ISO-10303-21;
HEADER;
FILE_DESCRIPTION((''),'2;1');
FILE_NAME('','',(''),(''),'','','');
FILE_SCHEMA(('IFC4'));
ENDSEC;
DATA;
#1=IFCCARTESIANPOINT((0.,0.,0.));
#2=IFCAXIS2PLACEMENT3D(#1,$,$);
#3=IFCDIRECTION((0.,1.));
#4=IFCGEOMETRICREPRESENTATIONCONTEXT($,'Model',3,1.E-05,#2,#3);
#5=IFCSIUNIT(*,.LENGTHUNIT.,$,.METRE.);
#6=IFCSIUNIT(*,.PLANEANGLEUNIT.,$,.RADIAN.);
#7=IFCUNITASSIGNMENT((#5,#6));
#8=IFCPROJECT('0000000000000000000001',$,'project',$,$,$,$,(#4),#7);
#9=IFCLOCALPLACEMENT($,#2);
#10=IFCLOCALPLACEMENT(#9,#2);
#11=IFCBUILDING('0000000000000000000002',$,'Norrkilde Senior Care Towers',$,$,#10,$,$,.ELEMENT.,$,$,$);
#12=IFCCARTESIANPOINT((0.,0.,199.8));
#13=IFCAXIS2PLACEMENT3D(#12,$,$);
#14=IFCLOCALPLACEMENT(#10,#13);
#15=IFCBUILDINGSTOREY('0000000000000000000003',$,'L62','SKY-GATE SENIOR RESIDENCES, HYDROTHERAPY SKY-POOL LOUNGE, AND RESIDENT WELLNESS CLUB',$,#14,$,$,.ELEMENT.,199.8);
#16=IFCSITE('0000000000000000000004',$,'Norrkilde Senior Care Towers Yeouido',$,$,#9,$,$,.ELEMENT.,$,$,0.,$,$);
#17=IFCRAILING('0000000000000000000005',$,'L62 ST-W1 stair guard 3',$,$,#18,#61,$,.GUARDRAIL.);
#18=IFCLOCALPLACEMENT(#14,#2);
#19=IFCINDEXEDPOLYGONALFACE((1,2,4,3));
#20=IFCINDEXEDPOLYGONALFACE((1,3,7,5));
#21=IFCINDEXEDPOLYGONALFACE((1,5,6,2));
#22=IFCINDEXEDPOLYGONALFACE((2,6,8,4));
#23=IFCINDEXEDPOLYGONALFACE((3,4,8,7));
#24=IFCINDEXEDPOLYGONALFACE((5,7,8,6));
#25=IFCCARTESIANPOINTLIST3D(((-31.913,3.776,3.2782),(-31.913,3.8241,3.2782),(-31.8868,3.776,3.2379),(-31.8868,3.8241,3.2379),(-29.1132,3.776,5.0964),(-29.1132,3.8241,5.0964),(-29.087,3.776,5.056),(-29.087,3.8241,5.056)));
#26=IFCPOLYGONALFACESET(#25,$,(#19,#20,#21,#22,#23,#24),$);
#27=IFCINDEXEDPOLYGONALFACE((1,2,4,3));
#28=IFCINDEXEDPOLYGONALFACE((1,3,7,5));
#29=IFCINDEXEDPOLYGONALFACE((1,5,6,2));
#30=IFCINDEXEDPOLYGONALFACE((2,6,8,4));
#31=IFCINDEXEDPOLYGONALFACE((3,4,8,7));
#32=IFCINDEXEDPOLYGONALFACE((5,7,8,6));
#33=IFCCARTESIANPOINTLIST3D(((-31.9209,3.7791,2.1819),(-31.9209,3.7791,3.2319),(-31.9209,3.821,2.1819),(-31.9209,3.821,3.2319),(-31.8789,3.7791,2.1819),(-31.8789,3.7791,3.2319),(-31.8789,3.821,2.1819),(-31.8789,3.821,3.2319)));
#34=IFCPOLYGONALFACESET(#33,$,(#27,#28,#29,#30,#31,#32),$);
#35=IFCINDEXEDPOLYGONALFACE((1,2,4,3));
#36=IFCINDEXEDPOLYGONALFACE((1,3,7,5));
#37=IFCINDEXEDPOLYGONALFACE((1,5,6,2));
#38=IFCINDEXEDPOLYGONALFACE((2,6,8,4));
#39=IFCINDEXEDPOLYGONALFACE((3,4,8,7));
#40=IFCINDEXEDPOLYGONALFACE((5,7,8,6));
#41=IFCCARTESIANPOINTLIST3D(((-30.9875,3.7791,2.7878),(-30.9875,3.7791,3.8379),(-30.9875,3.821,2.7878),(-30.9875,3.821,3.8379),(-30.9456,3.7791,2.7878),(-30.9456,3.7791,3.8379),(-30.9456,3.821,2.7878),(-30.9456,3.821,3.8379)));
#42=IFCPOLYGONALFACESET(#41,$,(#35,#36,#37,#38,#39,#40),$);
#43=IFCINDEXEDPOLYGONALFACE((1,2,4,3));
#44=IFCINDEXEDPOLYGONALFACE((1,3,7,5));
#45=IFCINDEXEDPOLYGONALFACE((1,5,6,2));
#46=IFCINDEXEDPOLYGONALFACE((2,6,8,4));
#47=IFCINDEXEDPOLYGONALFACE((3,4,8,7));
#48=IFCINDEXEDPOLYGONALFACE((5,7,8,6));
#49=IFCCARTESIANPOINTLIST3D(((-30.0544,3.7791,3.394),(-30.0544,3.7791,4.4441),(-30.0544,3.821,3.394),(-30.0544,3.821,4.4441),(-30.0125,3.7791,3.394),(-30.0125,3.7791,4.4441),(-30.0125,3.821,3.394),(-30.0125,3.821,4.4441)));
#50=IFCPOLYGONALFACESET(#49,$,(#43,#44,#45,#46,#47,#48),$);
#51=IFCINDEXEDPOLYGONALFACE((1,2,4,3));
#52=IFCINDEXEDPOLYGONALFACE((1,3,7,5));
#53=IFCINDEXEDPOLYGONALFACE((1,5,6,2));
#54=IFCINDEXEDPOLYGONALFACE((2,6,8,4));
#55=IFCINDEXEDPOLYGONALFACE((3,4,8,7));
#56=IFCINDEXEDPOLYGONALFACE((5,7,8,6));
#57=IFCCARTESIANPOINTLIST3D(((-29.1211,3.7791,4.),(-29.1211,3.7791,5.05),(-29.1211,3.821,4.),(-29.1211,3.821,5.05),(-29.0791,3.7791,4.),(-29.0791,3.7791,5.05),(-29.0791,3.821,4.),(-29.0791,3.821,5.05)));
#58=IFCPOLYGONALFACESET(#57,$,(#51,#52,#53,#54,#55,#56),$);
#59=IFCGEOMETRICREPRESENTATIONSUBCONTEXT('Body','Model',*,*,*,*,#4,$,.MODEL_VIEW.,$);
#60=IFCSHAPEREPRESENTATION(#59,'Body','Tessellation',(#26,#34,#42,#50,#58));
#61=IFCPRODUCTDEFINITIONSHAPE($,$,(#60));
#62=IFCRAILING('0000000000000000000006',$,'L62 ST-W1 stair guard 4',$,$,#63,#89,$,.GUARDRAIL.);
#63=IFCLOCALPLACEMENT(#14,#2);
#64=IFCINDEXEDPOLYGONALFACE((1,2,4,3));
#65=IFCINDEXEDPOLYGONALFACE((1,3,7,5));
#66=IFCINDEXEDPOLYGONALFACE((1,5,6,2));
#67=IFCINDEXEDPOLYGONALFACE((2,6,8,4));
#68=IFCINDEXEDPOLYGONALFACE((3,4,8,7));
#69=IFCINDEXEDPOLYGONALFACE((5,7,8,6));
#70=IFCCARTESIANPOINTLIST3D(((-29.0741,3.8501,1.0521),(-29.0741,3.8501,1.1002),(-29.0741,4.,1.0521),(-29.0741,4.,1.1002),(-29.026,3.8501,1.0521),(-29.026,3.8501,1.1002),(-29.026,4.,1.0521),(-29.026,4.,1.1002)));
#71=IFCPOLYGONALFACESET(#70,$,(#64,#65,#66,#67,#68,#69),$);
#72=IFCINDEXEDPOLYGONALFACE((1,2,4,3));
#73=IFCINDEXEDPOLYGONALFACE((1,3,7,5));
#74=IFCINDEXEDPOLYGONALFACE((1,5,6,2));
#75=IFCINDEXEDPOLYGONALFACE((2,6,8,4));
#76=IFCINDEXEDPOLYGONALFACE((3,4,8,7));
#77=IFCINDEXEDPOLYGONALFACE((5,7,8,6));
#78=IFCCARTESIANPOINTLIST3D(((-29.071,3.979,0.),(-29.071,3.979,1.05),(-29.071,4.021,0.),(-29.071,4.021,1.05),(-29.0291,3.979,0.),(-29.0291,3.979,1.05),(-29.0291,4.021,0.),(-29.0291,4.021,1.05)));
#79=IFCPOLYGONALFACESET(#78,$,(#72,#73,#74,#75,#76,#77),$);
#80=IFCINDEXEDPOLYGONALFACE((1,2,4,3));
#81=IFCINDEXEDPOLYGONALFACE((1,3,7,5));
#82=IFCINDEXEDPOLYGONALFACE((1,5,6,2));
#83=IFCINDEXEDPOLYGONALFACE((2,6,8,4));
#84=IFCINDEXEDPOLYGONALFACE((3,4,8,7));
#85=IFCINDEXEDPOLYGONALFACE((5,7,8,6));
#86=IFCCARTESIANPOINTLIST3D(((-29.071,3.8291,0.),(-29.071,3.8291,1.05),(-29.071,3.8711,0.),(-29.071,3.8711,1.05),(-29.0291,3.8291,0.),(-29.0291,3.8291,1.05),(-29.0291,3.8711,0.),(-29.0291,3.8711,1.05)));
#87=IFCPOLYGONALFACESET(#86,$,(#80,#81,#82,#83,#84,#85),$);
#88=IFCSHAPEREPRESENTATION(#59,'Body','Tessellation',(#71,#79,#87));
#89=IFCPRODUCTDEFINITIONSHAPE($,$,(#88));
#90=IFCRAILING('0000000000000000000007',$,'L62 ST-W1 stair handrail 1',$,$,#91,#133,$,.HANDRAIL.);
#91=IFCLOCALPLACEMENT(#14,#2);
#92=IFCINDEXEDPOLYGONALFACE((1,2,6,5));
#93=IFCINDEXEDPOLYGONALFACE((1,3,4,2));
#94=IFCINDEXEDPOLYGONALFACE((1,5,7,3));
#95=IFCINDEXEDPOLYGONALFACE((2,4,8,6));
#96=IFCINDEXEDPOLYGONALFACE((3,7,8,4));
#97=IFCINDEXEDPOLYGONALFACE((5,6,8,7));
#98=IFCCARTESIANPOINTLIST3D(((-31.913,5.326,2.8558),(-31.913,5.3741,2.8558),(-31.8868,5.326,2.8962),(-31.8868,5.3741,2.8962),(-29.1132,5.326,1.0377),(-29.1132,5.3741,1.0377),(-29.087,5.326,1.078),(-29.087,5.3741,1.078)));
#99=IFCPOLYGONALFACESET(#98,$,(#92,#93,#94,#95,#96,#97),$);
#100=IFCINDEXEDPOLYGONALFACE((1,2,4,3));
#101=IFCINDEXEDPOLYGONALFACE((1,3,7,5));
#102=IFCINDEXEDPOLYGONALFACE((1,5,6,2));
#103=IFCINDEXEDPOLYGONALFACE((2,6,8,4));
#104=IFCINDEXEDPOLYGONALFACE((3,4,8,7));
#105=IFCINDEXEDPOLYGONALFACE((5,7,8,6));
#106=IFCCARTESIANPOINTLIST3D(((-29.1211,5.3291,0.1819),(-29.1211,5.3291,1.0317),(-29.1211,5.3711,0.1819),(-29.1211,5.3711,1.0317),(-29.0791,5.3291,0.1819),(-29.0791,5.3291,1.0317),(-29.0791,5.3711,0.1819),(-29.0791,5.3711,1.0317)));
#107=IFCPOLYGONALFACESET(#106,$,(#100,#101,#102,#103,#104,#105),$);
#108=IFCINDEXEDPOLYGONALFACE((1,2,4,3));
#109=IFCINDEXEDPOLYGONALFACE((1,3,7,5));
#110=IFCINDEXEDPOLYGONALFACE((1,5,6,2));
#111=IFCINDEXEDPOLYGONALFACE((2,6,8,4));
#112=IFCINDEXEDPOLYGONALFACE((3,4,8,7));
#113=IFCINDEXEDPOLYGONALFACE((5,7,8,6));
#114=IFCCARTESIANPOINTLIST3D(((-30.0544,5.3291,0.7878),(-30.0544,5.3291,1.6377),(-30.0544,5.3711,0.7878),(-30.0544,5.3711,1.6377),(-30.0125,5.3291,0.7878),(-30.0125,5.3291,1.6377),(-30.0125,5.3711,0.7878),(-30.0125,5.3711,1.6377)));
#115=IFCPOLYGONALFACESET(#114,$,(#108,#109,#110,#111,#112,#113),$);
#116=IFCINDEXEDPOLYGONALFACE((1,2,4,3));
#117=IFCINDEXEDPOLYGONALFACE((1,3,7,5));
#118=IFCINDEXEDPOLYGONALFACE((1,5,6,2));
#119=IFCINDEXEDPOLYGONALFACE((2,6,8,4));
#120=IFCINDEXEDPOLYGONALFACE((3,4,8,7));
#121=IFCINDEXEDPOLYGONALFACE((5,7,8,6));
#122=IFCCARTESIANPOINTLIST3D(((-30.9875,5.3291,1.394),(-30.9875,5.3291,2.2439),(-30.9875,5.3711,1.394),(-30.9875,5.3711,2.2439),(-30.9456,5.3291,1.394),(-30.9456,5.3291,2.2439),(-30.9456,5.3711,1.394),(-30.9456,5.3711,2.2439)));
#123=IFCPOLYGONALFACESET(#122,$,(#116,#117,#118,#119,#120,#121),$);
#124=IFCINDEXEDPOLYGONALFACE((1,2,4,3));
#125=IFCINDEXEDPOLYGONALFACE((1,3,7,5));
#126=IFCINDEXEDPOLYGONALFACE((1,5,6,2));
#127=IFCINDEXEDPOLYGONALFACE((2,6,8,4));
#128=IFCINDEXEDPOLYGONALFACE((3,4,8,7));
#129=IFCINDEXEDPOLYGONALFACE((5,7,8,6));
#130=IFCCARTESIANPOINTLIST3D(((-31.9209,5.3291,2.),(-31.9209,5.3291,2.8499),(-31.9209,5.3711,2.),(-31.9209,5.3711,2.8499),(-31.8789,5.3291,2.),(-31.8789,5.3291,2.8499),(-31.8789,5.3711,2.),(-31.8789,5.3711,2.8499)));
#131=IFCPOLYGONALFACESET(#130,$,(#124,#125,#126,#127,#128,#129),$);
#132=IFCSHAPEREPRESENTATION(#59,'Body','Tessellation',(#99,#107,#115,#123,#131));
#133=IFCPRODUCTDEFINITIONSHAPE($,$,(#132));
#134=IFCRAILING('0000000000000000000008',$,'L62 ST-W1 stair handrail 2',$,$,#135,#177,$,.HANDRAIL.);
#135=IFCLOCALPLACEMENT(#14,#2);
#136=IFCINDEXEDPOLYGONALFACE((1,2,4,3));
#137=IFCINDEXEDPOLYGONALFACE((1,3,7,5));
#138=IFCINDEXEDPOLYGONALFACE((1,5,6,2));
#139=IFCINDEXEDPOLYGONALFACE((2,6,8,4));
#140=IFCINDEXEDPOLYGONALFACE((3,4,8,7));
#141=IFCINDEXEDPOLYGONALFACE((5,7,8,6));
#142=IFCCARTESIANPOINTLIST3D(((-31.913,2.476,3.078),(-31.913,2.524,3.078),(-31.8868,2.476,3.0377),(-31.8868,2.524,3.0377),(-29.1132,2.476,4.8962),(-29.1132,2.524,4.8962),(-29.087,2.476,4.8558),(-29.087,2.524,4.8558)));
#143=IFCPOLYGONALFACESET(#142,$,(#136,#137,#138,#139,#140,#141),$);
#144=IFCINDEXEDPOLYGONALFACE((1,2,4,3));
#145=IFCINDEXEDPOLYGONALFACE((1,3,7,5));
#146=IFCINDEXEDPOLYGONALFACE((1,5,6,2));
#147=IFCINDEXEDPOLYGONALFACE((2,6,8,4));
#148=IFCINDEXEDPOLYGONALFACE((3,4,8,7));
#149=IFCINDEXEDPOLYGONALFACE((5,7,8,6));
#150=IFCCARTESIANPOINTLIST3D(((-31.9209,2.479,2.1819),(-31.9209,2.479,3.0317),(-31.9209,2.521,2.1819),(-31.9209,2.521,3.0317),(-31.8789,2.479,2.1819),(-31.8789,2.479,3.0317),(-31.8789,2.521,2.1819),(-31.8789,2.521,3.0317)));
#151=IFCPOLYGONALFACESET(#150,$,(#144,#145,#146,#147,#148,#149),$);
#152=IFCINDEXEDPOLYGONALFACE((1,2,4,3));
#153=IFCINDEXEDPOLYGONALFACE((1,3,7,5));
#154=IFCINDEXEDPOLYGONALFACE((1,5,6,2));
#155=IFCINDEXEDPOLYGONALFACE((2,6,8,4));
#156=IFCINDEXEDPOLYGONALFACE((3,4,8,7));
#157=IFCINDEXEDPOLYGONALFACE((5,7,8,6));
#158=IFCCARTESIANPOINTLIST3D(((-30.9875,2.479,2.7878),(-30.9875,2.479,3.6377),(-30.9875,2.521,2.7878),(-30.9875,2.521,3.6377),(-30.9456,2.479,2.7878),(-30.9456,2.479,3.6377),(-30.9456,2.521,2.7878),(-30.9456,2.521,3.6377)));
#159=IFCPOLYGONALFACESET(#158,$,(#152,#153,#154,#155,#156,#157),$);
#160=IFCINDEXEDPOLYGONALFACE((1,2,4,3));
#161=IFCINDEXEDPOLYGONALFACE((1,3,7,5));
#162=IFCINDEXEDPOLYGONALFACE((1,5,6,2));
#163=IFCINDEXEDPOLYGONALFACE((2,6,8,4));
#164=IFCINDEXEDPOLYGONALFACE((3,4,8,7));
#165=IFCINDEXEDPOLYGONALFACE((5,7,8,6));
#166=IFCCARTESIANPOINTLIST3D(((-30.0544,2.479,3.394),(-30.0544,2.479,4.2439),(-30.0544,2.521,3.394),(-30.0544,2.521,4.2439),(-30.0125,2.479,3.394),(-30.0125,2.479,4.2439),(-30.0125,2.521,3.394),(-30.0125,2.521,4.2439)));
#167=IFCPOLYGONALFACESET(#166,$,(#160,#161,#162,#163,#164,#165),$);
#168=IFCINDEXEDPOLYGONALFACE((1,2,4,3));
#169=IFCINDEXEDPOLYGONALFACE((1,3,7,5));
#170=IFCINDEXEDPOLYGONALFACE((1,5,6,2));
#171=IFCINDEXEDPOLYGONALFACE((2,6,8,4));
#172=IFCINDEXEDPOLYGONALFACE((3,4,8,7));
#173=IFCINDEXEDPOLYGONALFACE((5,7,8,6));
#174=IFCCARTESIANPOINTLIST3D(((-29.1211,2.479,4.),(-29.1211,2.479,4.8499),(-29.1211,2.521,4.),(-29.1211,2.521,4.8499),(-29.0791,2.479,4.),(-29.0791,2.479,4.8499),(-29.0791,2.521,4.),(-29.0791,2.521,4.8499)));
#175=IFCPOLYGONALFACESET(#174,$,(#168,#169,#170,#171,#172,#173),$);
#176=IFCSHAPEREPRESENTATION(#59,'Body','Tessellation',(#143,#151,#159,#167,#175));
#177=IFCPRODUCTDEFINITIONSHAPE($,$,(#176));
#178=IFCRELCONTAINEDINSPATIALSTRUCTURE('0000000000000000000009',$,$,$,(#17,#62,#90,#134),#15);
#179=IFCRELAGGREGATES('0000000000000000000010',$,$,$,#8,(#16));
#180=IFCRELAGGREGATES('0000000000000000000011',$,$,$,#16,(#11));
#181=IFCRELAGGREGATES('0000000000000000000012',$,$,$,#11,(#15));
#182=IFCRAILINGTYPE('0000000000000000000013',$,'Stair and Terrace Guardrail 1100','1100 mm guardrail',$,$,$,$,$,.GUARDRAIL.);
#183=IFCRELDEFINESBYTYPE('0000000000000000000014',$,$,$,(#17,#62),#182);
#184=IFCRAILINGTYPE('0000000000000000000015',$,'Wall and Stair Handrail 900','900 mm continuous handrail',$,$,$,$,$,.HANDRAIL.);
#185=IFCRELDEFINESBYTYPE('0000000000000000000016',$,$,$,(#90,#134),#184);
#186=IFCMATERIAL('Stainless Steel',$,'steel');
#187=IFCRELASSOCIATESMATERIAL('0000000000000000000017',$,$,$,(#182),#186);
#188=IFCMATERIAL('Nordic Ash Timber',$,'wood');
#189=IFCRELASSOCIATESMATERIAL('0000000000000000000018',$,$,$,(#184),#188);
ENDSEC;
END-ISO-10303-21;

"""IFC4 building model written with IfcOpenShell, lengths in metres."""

from ifc_helpers import new_model, si_unit, direction, frame, origin, origin_2d, place, context, subcontext, project, spatial, rectangle, extrude, material, type_object, element, save


model = new_model("IFC4")

# Units and contexts
model_context = context("Model", 3, precision=1e-05, world=origin(), true_north=direction((0.0, 1.0)))
body_context = subcontext(model_context, "Body", "Model", "MODEL_VIEW")
ifc_project = project(units=[si_unit("LENGTHUNIT", "METRE"), si_unit("PLANEANGLEUNIT", "RADIAN")], contexts=[model_context])

# Site, building, storey
site_placement = place(None, origin())
site = spatial("IfcSite", under=ifc_project, at=site_placement, Name="Norrkilde Senior Care Towers Yeouido", CompositionType="ELEMENT", RefElevation=0.0)
building_placement = place(site_placement, origin())
building = spatial("IfcBuilding", under=site, at=building_placement, Name="Norrkilde Senior Care Towers", CompositionType="ELEMENT")
storey_placement = place(building_placement, frame((0.0, 0.0, 199.8)))
storey = spatial("IfcBuildingStorey", under=building, at=storey_placement, Name="L62", Description="SKY-GATE SENIOR RESIDENCES, HYDROTHERAPY SKY-POOL LOUNGE, AND RESIDENT WELLNESS CLUB", CompositionType="ELEMENT", Elevation=199.8)

# Shared definitions
ifc_material_1 = material(Name="Stainless Steel", Category="steel")

# Railings
railing_type_1 = type_object("IfcRailingType", Name="Stair and Terrace Guardrail 1100", Description="1100 mm guardrail", PredefinedType="GUARDRAIL", material=ifc_material_1)
railing_1_placement = place(storey_placement, frame((-31.8999, 3.8, 2.1819)))
element("IfcRailing", 1, at=railing_1_placement, inside=storey, type_object=railing_type_1, Name="L62 ST-W1 stair guard 3", PredefinedType="GUARDRAIL", context=body_context, shape_type="SweptSolid", body=[
    extrude(rectangle(XDim=0.0481, YDim=0.0481, at=origin_2d()), frame((0.0, 0.0, 1.0762), z_axis=(0.838684, 0.0, 0.544618), x_axis=(0.0, 1.0, 0.0)), (0.0, 0.0, 1.0), 3.3384),
    extrude(rectangle(XDim=0.042, YDim=0.042, at=origin_2d()), origin(), (0.0, 0.0, 1.0), 1.05),
    extrude(rectangle(XDim=0.042, YDim=0.042, at=origin_2d()), frame((0.9333, 0.0, 0.606)), (0.0, 0.0, 1.0), 1.05),
    extrude(rectangle(XDim=0.042, YDim=0.042, at=origin_2d()), frame((1.8665, 0.0, 1.2122)), (0.0, 0.0, 1.0), 1.05),
    extrude(rectangle(XDim=0.042, YDim=0.042, at=origin_2d()), frame((2.7998, 0.0, 1.8181)), (0.0, 0.0, 1.0), 1.05),
])
railing_2_placement = place(storey_placement, frame((-29.05, 4.0, 0.0)))
element("IfcRailing", 2, at=railing_2_placement, inside=storey, type_object=railing_type_1, Name="L62 ST-W1 stair guard 4", PredefinedType="GUARDRAIL", context=body_context, shape_type="SweptSolid", body=[
    extrude(rectangle(XDim=0.0481, YDim=0.0481, at=origin_2d()), frame((0.0, 0.0, 1.0762), z_axis=(0.0, -1.0, 0.0), x_axis=(1.0, 0.0, 0.0)), (0.0, 0.0, 1.0), 0.1499),
    extrude(rectangle(XDim=0.042, YDim=0.042, at=origin_2d()), origin(), (0.0, 0.0, 1.0), 1.05),
    extrude(rectangle(XDim=0.042, YDim=0.042, at=origin_2d()), frame((0.0, -0.1499, 0.0)), (0.0, 0.0, 1.0), 1.05),
])
ifc_material_2 = material(Name="Nordic Ash Timber", Category="wood")
railing_type_2 = type_object("IfcRailingType", Name="Wall and Stair Handrail 900", Description="900 mm continuous handrail", PredefinedType="HANDRAIL", material=ifc_material_2)
railing_3_placement = place(storey_placement, frame((-29.1001, 5.3501, 0.1819)))
element("IfcRailing", 3, at=railing_3_placement, inside=storey, type_object=railing_type_2, Name="L62 ST-W1 stair handrail 1", PredefinedType="HANDRAIL", context=body_context, shape_type="SweptSolid", body=[
    extrude(rectangle(XDim=0.0481, YDim=0.0481, at=origin_2d()), frame((0.0, 0.0, 0.876), z_axis=(-0.838684, 0.0, 0.544618), x_axis=(0.0, -1.0, 0.0)), (0.0, 0.0, 1.0), 3.3384),
    extrude(rectangle(XDim=0.042, YDim=0.042, at=origin_2d()), origin(), (0.0, 0.0, 1.0), 0.8499),
    extrude(rectangle(XDim=0.042, YDim=0.042, at=origin_2d()), frame((-0.9333, 0.0, 0.606)), (0.0, 0.0, 1.0), 0.8499),
    extrude(rectangle(XDim=0.042, YDim=0.042, at=origin_2d()), frame((-1.8665, 0.0, 1.2122)), (0.0, 0.0, 1.0), 0.8499),
    extrude(rectangle(XDim=0.042, YDim=0.042, at=origin_2d()), frame((-2.7998, 0.0, 1.8181)), (0.0, 0.0, 1.0), 0.8499),
])
railing_4_placement = place(storey_placement, frame((-31.8999, 2.5, 2.1819)))
element("IfcRailing", 4, at=railing_4_placement, inside=storey, type_object=railing_type_2, Name="L62 ST-W1 stair handrail 2", PredefinedType="HANDRAIL", context=body_context, shape_type="SweptSolid", body=[
    extrude(rectangle(XDim=0.0481, YDim=0.0481, at=origin_2d()), frame((0.0, 0.0, 0.876), z_axis=(0.838684, 0.0, 0.544618), x_axis=(0.0, 1.0, 0.0)), (0.0, 0.0, 1.0), 3.3384),
    extrude(rectangle(XDim=0.042, YDim=0.042, at=origin_2d()), origin(), (0.0, 0.0, 1.0), 0.8499),
    extrude(rectangle(XDim=0.042, YDim=0.042, at=origin_2d()), frame((0.9333, 0.0, 0.606)), (0.0, 0.0, 1.0), 0.8499),
    extrude(rectangle(XDim=0.042, YDim=0.042, at=origin_2d()), frame((1.8665, 0.0, 1.2122)), (0.0, 0.0, 1.0), 0.8499),
    extrude(rectangle(XDim=0.042, YDim=0.042, at=origin_2d()), frame((2.7998, 0.0, 1.8181)), (0.0, 0.0, 1.0), 0.8499),
])

save(model, "model.ifc")
